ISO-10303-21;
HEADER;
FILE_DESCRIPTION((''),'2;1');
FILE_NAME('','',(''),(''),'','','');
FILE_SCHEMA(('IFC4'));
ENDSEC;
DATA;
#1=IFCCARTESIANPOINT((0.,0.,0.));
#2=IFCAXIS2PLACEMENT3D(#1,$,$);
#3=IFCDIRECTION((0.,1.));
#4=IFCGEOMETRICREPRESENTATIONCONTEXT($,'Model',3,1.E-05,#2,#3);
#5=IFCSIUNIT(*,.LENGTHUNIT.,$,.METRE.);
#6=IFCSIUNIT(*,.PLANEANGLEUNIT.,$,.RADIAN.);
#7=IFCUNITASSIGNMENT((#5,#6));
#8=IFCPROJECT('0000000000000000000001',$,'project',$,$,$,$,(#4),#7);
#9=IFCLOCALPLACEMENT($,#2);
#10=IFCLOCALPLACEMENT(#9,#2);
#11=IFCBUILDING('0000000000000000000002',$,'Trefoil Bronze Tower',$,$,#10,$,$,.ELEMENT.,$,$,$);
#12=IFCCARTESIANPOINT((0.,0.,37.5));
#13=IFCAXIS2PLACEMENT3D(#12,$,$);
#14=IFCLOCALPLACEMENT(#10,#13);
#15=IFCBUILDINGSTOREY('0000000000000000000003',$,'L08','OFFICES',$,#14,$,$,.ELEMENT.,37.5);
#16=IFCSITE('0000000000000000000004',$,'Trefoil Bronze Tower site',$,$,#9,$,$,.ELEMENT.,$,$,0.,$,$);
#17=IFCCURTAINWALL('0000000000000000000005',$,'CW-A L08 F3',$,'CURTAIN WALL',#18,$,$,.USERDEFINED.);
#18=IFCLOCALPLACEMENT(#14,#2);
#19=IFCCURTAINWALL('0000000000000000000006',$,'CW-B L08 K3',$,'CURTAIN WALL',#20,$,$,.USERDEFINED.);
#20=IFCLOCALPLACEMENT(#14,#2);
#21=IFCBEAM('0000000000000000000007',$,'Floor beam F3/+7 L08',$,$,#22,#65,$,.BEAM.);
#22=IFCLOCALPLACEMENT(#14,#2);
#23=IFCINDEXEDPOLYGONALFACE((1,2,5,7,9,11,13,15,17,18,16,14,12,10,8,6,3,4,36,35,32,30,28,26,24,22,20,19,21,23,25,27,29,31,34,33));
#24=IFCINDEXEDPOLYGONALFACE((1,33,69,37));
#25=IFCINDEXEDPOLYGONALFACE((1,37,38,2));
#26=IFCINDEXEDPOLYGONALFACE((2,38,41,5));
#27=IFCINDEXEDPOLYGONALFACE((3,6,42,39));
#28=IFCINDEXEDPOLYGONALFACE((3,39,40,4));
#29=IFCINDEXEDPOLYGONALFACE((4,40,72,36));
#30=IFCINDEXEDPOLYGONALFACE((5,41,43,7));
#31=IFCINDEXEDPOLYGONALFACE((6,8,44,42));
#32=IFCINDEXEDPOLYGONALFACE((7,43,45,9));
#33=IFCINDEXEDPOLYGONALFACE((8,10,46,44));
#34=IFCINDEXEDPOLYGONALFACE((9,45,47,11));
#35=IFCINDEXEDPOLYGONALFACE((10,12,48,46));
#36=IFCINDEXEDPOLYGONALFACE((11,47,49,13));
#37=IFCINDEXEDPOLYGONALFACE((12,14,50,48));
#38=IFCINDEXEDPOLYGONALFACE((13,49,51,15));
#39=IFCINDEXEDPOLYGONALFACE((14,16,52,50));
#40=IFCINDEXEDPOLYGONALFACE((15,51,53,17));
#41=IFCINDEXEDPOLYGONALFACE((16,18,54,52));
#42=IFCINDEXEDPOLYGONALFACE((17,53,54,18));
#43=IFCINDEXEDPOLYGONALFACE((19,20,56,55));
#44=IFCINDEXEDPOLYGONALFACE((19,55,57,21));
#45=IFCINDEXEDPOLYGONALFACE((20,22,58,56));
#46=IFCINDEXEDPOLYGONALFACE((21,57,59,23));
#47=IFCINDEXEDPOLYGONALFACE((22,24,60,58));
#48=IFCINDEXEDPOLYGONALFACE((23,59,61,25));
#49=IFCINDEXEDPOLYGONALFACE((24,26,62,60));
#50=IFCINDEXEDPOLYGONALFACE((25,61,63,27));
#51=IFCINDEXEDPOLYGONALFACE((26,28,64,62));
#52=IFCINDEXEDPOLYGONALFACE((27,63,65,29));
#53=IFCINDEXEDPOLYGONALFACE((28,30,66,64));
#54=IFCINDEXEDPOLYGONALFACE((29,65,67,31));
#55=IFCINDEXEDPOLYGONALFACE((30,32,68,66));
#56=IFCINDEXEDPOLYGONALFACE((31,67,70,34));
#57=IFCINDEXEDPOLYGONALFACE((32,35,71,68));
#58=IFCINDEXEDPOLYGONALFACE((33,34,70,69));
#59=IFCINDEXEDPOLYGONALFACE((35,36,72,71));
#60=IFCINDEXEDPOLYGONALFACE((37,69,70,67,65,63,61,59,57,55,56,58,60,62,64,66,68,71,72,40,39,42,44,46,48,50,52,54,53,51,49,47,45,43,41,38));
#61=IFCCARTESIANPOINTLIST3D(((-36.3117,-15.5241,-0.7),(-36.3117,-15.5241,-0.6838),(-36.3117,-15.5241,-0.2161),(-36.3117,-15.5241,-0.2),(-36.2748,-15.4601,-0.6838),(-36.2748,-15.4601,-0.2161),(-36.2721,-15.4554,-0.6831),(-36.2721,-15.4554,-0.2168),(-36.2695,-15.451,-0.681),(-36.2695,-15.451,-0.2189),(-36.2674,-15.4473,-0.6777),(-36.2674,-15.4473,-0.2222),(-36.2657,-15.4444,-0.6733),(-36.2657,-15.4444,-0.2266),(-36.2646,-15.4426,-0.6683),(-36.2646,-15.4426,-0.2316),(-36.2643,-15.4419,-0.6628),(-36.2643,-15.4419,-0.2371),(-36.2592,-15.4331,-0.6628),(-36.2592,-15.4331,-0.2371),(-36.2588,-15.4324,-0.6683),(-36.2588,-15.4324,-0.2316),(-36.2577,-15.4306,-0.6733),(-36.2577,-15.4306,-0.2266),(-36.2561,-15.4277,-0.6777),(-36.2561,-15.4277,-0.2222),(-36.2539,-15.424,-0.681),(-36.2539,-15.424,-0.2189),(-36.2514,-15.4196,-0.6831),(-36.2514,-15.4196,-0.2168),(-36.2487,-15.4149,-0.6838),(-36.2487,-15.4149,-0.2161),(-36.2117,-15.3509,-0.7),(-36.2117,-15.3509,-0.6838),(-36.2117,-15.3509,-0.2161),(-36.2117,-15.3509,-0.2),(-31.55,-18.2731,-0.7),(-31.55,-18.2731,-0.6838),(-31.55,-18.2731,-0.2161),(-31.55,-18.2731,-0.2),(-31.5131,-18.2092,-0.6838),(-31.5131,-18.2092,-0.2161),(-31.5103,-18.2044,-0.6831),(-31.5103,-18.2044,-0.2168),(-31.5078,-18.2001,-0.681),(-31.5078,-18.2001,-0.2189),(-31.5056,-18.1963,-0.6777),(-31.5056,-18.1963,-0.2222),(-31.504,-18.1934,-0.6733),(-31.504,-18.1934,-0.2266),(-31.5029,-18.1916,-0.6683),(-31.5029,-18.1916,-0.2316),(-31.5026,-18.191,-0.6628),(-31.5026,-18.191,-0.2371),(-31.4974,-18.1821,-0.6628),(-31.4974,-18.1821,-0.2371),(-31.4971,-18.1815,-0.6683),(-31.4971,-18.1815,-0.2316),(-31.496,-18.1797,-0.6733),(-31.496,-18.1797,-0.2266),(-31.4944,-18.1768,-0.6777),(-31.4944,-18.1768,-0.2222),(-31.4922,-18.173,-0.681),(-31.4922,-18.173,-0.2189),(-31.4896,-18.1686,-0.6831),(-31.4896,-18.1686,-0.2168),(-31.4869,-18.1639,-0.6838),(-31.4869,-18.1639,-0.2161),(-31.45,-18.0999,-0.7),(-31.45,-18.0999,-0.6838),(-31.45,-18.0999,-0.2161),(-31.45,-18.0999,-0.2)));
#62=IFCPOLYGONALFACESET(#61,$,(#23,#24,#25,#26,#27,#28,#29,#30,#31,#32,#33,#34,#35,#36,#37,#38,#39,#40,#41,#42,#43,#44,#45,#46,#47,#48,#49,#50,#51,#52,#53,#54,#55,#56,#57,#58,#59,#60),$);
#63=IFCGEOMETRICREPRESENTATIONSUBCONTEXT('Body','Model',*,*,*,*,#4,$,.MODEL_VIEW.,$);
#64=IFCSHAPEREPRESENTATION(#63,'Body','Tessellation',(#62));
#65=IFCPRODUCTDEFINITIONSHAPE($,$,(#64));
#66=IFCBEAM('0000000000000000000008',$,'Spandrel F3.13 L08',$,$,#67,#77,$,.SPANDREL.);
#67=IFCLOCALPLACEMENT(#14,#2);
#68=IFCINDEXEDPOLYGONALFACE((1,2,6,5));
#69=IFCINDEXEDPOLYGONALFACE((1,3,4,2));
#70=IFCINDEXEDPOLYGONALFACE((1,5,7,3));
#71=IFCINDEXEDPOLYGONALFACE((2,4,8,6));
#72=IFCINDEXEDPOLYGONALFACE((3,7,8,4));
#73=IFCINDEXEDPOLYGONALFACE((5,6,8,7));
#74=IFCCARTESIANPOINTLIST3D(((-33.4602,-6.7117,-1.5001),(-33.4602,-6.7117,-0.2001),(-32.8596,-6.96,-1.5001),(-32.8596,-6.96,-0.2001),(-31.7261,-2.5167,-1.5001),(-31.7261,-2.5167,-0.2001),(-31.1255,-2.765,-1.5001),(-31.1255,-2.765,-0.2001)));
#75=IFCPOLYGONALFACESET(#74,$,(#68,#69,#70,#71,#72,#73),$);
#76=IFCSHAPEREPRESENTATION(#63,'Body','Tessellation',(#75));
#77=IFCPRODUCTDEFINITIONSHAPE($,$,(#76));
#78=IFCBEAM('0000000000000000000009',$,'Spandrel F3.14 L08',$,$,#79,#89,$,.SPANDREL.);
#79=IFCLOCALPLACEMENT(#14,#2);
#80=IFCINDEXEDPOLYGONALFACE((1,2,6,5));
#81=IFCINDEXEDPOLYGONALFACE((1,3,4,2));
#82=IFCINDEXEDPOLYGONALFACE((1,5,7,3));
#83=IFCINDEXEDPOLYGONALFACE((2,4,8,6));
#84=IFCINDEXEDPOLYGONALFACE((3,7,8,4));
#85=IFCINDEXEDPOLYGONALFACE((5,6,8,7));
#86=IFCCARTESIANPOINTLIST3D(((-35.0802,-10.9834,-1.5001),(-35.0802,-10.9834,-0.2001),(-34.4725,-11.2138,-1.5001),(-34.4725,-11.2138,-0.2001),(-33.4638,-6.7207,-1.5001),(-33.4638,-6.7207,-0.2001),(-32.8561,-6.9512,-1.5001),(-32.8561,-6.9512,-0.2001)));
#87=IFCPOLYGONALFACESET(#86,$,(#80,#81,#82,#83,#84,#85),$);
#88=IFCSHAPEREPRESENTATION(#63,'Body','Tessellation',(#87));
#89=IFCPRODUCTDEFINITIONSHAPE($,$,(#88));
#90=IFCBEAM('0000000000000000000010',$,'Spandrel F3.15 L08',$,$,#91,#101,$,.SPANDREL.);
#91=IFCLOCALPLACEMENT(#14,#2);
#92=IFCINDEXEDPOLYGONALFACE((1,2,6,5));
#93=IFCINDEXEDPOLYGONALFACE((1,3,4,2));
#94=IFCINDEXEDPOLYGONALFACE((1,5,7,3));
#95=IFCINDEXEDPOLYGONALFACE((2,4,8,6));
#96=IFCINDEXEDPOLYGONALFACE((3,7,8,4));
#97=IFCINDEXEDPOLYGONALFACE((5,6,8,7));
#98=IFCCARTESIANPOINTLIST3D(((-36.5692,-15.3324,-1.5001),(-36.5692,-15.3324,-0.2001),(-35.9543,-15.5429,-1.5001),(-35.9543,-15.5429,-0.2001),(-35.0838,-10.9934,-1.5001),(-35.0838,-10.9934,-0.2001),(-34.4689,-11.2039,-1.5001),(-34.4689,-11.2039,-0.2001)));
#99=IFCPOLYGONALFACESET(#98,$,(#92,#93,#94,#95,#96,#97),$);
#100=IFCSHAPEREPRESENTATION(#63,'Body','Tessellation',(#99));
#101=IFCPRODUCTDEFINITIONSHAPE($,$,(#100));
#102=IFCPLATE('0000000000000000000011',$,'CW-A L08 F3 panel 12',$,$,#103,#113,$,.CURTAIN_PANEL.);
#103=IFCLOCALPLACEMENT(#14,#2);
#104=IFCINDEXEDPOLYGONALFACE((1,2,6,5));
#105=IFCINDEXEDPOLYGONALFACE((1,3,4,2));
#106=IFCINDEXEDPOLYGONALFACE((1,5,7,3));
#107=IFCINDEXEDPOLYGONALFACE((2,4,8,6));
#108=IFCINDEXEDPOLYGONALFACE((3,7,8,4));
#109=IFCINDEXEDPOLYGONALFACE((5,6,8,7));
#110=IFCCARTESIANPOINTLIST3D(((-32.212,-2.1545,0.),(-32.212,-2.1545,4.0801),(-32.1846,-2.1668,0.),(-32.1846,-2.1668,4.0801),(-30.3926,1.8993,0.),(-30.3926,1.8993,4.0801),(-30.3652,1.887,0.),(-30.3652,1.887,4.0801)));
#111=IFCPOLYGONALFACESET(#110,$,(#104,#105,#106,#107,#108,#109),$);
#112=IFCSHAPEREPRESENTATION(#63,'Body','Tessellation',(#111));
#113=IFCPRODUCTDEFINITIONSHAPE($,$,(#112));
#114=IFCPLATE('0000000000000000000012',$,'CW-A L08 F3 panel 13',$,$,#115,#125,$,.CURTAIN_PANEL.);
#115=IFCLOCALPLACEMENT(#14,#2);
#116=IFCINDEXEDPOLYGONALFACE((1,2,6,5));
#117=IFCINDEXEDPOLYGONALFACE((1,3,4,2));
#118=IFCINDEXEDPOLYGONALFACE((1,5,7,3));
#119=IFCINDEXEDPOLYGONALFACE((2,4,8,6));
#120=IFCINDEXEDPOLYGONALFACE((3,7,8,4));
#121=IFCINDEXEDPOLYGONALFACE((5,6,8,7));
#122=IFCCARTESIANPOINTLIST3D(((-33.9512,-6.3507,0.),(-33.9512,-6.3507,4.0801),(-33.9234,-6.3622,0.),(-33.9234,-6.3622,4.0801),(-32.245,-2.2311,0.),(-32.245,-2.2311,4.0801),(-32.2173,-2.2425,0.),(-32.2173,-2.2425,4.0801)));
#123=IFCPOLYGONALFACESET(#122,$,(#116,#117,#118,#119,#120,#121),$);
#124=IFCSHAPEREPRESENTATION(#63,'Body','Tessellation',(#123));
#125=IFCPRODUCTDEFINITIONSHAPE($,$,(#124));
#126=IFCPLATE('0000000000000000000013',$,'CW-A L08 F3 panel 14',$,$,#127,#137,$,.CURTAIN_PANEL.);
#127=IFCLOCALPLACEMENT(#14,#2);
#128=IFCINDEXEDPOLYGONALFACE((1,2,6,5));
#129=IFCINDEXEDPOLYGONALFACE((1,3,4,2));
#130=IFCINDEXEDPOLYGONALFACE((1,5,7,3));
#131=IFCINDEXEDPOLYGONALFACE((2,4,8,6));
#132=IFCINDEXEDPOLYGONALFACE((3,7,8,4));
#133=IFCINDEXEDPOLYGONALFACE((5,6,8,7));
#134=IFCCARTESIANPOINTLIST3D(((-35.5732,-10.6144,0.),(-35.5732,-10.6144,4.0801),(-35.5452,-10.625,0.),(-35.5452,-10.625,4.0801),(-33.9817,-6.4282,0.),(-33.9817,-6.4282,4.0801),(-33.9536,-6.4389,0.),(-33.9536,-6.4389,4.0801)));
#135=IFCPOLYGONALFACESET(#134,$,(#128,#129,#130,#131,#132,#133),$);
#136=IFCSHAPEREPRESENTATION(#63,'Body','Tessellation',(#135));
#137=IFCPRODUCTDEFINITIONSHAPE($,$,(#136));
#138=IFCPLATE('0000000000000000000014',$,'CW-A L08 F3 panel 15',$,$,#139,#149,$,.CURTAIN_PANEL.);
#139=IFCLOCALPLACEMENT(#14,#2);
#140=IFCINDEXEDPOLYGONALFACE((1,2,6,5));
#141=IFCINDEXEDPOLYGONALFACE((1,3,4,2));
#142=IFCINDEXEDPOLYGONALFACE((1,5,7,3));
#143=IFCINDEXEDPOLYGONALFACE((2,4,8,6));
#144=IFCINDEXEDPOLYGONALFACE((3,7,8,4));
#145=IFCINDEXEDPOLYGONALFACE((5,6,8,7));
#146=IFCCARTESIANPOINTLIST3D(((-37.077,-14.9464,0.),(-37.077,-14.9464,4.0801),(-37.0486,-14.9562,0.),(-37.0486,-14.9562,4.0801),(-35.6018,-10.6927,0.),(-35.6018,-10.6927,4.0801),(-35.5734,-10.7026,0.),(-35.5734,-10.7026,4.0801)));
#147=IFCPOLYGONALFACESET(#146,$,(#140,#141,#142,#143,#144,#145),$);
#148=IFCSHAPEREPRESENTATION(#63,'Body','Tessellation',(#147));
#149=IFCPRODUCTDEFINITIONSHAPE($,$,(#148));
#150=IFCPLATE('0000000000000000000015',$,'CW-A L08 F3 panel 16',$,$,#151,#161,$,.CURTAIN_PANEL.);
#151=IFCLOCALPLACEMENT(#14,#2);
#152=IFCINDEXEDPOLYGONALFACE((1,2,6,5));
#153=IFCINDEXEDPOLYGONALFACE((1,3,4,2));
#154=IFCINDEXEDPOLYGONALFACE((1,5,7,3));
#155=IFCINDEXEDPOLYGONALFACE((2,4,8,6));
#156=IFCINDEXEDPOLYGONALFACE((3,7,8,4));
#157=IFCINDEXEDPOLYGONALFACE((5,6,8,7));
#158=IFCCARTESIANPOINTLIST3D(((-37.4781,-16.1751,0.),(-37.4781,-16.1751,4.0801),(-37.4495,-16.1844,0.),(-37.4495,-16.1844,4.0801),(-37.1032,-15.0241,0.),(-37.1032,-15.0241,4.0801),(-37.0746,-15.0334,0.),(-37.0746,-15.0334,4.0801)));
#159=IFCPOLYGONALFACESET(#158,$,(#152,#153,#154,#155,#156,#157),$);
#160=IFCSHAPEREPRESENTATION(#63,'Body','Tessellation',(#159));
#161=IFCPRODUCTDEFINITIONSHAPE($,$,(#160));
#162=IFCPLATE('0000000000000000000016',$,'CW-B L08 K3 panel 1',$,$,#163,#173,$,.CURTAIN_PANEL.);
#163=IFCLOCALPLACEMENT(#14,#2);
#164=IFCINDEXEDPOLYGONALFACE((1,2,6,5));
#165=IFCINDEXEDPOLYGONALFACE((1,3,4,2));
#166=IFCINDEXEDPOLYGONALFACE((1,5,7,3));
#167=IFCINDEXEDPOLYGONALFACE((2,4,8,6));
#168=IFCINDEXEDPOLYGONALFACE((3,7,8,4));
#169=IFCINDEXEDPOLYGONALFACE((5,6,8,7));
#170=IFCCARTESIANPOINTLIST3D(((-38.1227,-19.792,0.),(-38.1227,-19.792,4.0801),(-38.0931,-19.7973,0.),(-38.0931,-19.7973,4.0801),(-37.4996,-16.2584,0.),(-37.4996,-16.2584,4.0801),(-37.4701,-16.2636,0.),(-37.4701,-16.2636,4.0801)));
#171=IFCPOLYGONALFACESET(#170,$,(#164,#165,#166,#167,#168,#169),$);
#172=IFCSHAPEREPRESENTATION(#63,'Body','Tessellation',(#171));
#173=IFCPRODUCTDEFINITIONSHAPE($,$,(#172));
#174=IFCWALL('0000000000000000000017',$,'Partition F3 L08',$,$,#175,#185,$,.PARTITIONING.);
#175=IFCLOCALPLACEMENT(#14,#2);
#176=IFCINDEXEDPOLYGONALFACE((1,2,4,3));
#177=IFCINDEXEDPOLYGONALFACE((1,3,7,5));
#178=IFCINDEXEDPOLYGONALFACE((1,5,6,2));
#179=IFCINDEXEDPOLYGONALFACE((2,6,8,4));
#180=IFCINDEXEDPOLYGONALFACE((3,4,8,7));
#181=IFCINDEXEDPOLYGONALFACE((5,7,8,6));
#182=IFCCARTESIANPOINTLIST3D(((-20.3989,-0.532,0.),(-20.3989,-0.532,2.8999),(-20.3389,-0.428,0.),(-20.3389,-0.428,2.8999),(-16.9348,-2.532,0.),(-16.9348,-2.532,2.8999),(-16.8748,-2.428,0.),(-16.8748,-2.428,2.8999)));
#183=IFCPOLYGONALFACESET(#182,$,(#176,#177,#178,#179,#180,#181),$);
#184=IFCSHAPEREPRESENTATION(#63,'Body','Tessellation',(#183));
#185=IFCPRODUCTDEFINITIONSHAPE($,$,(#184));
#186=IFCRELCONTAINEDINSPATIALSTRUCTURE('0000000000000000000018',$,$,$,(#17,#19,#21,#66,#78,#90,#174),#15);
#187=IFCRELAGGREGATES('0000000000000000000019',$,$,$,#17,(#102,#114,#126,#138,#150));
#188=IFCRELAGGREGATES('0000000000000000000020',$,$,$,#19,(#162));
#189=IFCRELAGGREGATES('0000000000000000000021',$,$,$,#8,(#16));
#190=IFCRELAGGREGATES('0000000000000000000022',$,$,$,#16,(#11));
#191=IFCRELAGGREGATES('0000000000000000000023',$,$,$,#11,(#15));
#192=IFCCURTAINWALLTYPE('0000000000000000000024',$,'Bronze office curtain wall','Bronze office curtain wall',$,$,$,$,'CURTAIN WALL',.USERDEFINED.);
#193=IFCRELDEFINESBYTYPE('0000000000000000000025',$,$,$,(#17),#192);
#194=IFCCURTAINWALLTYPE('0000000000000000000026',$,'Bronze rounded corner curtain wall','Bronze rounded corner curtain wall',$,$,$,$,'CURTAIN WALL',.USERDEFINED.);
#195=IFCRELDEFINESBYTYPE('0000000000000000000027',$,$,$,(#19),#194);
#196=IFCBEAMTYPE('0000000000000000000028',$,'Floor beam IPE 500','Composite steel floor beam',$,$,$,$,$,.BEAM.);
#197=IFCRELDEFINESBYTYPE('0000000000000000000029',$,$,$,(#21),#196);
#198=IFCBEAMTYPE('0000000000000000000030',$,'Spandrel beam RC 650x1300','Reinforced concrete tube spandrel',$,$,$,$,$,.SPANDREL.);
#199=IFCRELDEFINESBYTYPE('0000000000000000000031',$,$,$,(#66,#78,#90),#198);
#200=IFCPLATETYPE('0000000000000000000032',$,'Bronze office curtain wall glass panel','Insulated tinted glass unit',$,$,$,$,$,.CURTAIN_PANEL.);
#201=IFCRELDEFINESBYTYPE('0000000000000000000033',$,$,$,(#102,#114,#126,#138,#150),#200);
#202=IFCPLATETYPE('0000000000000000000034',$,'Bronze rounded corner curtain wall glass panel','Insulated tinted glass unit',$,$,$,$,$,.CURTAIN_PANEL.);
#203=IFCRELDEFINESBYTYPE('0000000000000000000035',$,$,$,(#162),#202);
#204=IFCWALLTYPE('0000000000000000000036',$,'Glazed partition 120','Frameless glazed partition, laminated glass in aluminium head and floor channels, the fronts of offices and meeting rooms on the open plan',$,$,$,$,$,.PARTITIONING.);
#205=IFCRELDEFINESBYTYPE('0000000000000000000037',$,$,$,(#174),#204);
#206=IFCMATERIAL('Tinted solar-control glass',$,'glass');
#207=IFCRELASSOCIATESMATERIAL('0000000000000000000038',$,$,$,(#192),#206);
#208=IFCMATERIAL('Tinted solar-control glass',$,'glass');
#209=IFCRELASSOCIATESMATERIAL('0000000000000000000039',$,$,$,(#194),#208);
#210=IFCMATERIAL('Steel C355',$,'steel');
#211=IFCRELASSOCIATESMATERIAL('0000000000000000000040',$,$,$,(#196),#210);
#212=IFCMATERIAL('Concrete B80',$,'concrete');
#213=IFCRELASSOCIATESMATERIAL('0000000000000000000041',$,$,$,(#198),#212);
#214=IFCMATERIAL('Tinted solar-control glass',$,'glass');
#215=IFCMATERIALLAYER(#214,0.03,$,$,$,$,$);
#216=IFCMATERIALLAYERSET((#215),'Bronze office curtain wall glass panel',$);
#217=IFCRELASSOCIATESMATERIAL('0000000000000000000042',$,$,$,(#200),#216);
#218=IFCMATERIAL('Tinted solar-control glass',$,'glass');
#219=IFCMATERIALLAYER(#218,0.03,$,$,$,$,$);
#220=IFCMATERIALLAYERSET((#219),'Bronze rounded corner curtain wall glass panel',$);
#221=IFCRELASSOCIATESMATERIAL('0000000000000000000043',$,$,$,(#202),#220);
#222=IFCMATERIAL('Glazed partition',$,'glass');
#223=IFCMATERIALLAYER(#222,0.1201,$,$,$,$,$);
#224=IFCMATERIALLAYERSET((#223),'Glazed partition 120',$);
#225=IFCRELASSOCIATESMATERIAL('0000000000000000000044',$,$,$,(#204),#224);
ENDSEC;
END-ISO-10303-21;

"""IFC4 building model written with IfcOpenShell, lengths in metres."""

from ifc_helpers import new_model, si_unit, direction, frame, frame_2d, origin, origin_2d, place, context, subcontext, project, spatial, rectangle, i_section, extrude, material, layer, layer_set, material_profile, profile_set, type_object, element, aggregate, save


model = new_model("IFC4")

# Units and contexts
model_context = context("Model", 3, precision=1e-05, world=origin(), true_north=direction((0.0, 1.0)))
body_context = subcontext(model_context, "Body", "Model", "MODEL_VIEW")
ifc_project = project(units=[si_unit("LENGTHUNIT", "METRE"), si_unit("PLANEANGLEUNIT", "RADIAN")], contexts=[model_context])

# Site, building, storey
site_placement = place(None, origin())
site = spatial("IfcSite", under=ifc_project, at=site_placement, Name="Trefoil Bronze Tower site", CompositionType="ELEMENT", RefElevation=0.0)
building_placement = place(site_placement, origin())
building = spatial("IfcBuilding", under=site, at=building_placement, Name="Trefoil Bronze Tower", CompositionType="ELEMENT")
storey_placement = place(building_placement, frame((0.0, 0.0, 37.5)))
storey = spatial("IfcBuildingStorey", under=building, at=storey_placement, Name="L08", Description="OFFICES", CompositionType="ELEMENT", Elevation=37.5)

# Curtain walls
ifc_material_1 = material(Name="Tinted solar-control glass", Category="glass")
curtain_wall_type_1 = type_object("IfcCurtainWallType", Name="Bronze office curtain wall", Description="Bronze office curtain wall", ElementType="CURTAIN WALL", PredefinedType="USERDEFINED", material=ifc_material_1)
curtain_wall_1_placement = place(storey_placement, origin())
curtain_wall_1 = element("IfcCurtainWall", 1, at=curtain_wall_1_placement, inside=storey, type_object=curtain_wall_type_1, Name="CW-A L08 F3", ObjectType="CURTAIN WALL", PredefinedType="USERDEFINED")
ifc_material_2 = material(Name="Tinted solar-control glass", Category="glass")
curtain_wall_type_2 = type_object("IfcCurtainWallType", Name="Bronze rounded corner curtain wall", Description="Bronze rounded corner curtain wall", ElementType="CURTAIN WALL", PredefinedType="USERDEFINED", material=ifc_material_2)
curtain_wall_2_placement = place(storey_placement, origin())
curtain_wall_2 = element("IfcCurtainWall", 2, at=curtain_wall_2_placement, inside=storey, type_object=curtain_wall_type_2, Name="CW-B L08 K3", ObjectType="CURTAIN WALL", PredefinedType="USERDEFINED")

# Beams
ifc_material_3 = material(Name="Steel C355", Category="steel")
ifc_material_profile_1 = material_profile(ifc_material_3, i_section(OverallWidth=0.2, OverallDepth=0.5, WebThickness=0.0103, FlangeThickness=0.0161, FilletRadius=0.021, at=origin_2d()), Name="IPE 500")
ifc_profile_set_1 = profile_set([ifc_material_profile_1], Name="Steel C355")
beam_type_1 = type_object("IfcBeamType", Name="Floor beam IPE 500", Description="Composite steel floor beam", PredefinedType="BEAM", material=ifc_profile_set_1)
beam_1_placement = place(storey_placement, frame((-36.2617, -15.4375, -0.45), z_axis=(0.866038, -0.499979, 0.0), x_axis=(0.499979, 0.866038, 0.0)))
element("IfcBeam", 3, at=beam_1_placement, inside=storey, type_object=beam_type_1, Name="Floor beam F3/+7 L08", PredefinedType="BEAM", context=body_context, shape_type="SweptSolid", body=[
    extrude(i_section(OverallWidth=0.2, OverallDepth=0.5, WebThickness=0.0103, FlangeThickness=0.0161, FilletRadius=0.021, at=origin_2d()), origin(), (0.0, 0.0, 1.0), 5.4983),
])
ifc_material_4 = material(Name="Concrete B80", Category="concrete")
ifc_material_profile_2 = material_profile(ifc_material_4, rectangle(XDim=0.6499, YDim=1.3, at=origin_2d()), Name="RC 650x1300")
ifc_profile_set_2 = profile_set([ifc_material_profile_2], Name="Concrete B80")
beam_type_2 = type_object("IfcBeamType", Name="Spandrel beam RC 650x1300", Description="Reinforced concrete tube spandrel", PredefinedType="SPANDREL", material=ifc_profile_set_2)
beam_2_placement = place(storey_placement, frame((-31.4258, -2.6409, -0.8501), z_axis=(-0.382021, -0.924154, 0.0), x_axis=(0.924154, -0.382021, 0.0)))
element("IfcBeam", 4, at=beam_2_placement, inside=storey, type_object=beam_type_2, Name="Spandrel F3.13 L08", PredefinedType="SPANDREL", context=body_context, shape_type="SweptSolid", body=[
    extrude(rectangle(XDim=0.6499, YDim=1.3, at=origin_2d()), origin(), (0.0, 0.0, 1.0), 4.5393),
])
beam_3_placement = place(storey_placement, frame((-33.1599, -6.8359, -0.8501), z_axis=(-0.354572, -0.935029, 0.0), x_axis=(0.935029, -0.354572, 0.0)))
element("IfcBeam", 5, at=beam_3_placement, inside=storey, type_object=beam_type_2, Name="Spandrel F3.14 L08", PredefinedType="SPANDREL", context=body_context, shape_type="SweptSolid", body=[
    extrude(rectangle(XDim=0.6499, YDim=1.3, at=origin_2d()), origin(), (0.0, 0.0, 1.0), 4.5588),
])
beam_4_placement = place(storey_placement, frame((-34.7764, -11.0986, -0.8501), z_axis=(-0.323883, -0.946097, 0.0), x_axis=(0.946097, -0.323883, 0.0)))
element("IfcBeam", 6, at=beam_4_placement, inside=storey, type_object=beam_type_2, Name="Spandrel F3.15 L08", PredefinedType="SPANDREL", context=body_context, shape_type="SweptSolid", body=[
    extrude(rectangle(XDim=0.6499, YDim=1.3, at=origin_2d()), origin(), (0.0, 0.0, 1.0), 4.5862),
])

# Plates
ifc_material_5 = material(Name="Tinted solar-control glass", Category="glass")
ifc_layer_1 = layer(ifc_material_5, 0.03)
ifc_layer_set_1 = layer_set([ifc_layer_1], Name="Bronze office curtain wall glass panel")
plate_type_1 = type_object("IfcPlateType", Name="Bronze office curtain wall glass panel", Description="Insulated tinted glass unit", PredefinedType="CURTAIN_PANEL", material=ifc_layer_set_1)
plate_1_placement = place(storey_placement, frame((-31.2886, -0.1338, 0.0), z_axis=(0.0, 0.0, 1.0), x_axis=(-0.409456, -0.91233, 0.0)))
plate_1 = element("IfcPlate", 7, at=plate_1_placement, type_object=plate_type_1, Name="CW-A L08 F3 panel 12", PredefinedType="CURTAIN_PANEL", context=body_context, shape_type="SweptSolid", body=[
    extrude(rectangle(XDim=4.4434, YDim=0.03, at=origin_2d()), origin(), (0.0, 0.0, 1.0), 4.0801),
])
plate_2_placement = place(storey_placement, frame((-33.0842, -4.2966, 0.0), z_axis=(0.0, 0.0, 1.0), x_axis=(-0.38263, -0.923902, 0.0)))
plate_2 = element("IfcPlate", 8, at=plate_2_placement, type_object=plate_type_1, Name="CW-A L08 F3 panel 13", PredefinedType="CURTAIN_PANEL", context=body_context, shape_type="SweptSolid", body=[
    extrude(rectangle(XDim=4.459, YDim=0.03, at=origin_2d()), origin(), (0.0, 0.0, 1.0), 4.0801),
])
plate_3_placement = place(storey_placement, frame((-34.7634, -8.5266, 0.0), z_axis=(0.0, 0.0, 1.0), x_axis=(-0.355371, -0.934725, 0.0)))
plate_3 = element("IfcPlate", 9, at=plate_3_placement, type_object=plate_type_1, Name="CW-A L08 F3 panel 14", PredefinedType="CURTAIN_PANEL", context=body_context, shape_type="SweptSolid", body=[
    extrude(rectangle(XDim=4.4785, YDim=0.03, at=origin_2d()), origin(), (0.0, 0.0, 1.0), 4.0801),
])
plate_4_placement = place(storey_placement, frame((-36.3252, -12.8245, 0.0), z_axis=(0.0, 0.0, 1.0), x_axis=(-0.327674, -0.944791, 0.0)))
plate_4 = element("IfcPlate", 10, at=plate_4_placement, type_object=plate_type_1, Name="CW-A L08 F3 panel 15", PredefinedType="CURTAIN_PANEL", context=body_context, shape_type="SweptSolid", body=[
    extrude(rectangle(XDim=4.5022, YDim=0.03, at=origin_2d()), origin(), (0.0, 0.0, 1.0), 4.0801),
])
plate_5_placement = place(storey_placement, frame((-37.2764, -15.6042, 0.0), z_axis=(0.0, 0.0, 1.0), x_axis=(-0.309728, -0.950825, 0.0)))
plate_5 = element("IfcPlate", 11, at=plate_5_placement, type_object=plate_type_1, Name="CW-A L08 F3 panel 16", PredefinedType="CURTAIN_PANEL", context=body_context, shape_type="SweptSolid", body=[
    extrude(rectangle(XDim=1.2104, YDim=0.03, at=origin_2d()), origin(), (0.0, 0.0, 1.0), 4.0801),
])
aggregate(curtain_wall_1, [plate_1, plate_2, plate_3, plate_4, plate_5])
ifc_material_6 = material(Name="Tinted solar-control glass", Category="glass")
ifc_layer_2 = layer(ifc_material_6, 0.03)
ifc_layer_set_2 = layer_set([ifc_layer_2], Name="Bronze rounded corner curtain wall glass panel")
plate_type_2 = type_object("IfcPlateType", Name="Bronze rounded corner curtain wall glass panel", Description="Insulated tinted glass unit", PredefinedType="CURTAIN_PANEL", material=ifc_layer_set_2)
plate_6_placement = place(storey_placement, frame((-37.7964, -18.0278, 0.0), z_axis=(0.0, 0.0, 1.0), x_axis=(-0.173648, -0.984808, 0.0)))
plate_6 = element("IfcPlate", 12, at=plate_6_placement, type_object=plate_type_2, Name="CW-B L08 K3 panel 1", PredefinedType="CURTAIN_PANEL", context=body_context, shape_type="SweptSolid", body=[
    extrude(rectangle(XDim=3.5881, YDim=0.03, at=origin_2d()), origin(), (0.0, 0.0, 1.0), 4.0801),
])
aggregate(curtain_wall_2, [plate_6])

# Wall
ifc_material_7 = material(Name="Glazed partition", Category="glass")
ifc_layer_3 = layer(ifc_material_7, 0.1201)
ifc_layer_set_3 = layer_set([ifc_layer_3], Name="Glazed partition 120")
wall_type_1 = type_object("IfcWallType", Name="Glazed partition 120", Description="Frameless glazed partition, laminated glass in aluminium head and floor channels, the fronts of offices and meeting rooms on the open plan", PredefinedType="PARTITIONING", material=ifc_layer_set_3)
wall_1_placement = place(storey_placement, frame((-16.9048, -2.48, 0.0), z_axis=(0.0, 0.0, 1.0), x_axis=(-0.866026, 0.499999, 0.0)))
element("IfcWall", 13, at=wall_1_placement, inside=storey, type_object=wall_type_1, Name="Partition F3 L08", PredefinedType="PARTITIONING", context=body_context, shape_type="SweptSolid", body=[
    extrude(rectangle(XDim=4.0, YDim=0.1201, at=frame_2d((2.0, 0.0))), origin(), (0.0, 0.0, 1.0), 2.8999),
])

save(model, "model.ifc")
